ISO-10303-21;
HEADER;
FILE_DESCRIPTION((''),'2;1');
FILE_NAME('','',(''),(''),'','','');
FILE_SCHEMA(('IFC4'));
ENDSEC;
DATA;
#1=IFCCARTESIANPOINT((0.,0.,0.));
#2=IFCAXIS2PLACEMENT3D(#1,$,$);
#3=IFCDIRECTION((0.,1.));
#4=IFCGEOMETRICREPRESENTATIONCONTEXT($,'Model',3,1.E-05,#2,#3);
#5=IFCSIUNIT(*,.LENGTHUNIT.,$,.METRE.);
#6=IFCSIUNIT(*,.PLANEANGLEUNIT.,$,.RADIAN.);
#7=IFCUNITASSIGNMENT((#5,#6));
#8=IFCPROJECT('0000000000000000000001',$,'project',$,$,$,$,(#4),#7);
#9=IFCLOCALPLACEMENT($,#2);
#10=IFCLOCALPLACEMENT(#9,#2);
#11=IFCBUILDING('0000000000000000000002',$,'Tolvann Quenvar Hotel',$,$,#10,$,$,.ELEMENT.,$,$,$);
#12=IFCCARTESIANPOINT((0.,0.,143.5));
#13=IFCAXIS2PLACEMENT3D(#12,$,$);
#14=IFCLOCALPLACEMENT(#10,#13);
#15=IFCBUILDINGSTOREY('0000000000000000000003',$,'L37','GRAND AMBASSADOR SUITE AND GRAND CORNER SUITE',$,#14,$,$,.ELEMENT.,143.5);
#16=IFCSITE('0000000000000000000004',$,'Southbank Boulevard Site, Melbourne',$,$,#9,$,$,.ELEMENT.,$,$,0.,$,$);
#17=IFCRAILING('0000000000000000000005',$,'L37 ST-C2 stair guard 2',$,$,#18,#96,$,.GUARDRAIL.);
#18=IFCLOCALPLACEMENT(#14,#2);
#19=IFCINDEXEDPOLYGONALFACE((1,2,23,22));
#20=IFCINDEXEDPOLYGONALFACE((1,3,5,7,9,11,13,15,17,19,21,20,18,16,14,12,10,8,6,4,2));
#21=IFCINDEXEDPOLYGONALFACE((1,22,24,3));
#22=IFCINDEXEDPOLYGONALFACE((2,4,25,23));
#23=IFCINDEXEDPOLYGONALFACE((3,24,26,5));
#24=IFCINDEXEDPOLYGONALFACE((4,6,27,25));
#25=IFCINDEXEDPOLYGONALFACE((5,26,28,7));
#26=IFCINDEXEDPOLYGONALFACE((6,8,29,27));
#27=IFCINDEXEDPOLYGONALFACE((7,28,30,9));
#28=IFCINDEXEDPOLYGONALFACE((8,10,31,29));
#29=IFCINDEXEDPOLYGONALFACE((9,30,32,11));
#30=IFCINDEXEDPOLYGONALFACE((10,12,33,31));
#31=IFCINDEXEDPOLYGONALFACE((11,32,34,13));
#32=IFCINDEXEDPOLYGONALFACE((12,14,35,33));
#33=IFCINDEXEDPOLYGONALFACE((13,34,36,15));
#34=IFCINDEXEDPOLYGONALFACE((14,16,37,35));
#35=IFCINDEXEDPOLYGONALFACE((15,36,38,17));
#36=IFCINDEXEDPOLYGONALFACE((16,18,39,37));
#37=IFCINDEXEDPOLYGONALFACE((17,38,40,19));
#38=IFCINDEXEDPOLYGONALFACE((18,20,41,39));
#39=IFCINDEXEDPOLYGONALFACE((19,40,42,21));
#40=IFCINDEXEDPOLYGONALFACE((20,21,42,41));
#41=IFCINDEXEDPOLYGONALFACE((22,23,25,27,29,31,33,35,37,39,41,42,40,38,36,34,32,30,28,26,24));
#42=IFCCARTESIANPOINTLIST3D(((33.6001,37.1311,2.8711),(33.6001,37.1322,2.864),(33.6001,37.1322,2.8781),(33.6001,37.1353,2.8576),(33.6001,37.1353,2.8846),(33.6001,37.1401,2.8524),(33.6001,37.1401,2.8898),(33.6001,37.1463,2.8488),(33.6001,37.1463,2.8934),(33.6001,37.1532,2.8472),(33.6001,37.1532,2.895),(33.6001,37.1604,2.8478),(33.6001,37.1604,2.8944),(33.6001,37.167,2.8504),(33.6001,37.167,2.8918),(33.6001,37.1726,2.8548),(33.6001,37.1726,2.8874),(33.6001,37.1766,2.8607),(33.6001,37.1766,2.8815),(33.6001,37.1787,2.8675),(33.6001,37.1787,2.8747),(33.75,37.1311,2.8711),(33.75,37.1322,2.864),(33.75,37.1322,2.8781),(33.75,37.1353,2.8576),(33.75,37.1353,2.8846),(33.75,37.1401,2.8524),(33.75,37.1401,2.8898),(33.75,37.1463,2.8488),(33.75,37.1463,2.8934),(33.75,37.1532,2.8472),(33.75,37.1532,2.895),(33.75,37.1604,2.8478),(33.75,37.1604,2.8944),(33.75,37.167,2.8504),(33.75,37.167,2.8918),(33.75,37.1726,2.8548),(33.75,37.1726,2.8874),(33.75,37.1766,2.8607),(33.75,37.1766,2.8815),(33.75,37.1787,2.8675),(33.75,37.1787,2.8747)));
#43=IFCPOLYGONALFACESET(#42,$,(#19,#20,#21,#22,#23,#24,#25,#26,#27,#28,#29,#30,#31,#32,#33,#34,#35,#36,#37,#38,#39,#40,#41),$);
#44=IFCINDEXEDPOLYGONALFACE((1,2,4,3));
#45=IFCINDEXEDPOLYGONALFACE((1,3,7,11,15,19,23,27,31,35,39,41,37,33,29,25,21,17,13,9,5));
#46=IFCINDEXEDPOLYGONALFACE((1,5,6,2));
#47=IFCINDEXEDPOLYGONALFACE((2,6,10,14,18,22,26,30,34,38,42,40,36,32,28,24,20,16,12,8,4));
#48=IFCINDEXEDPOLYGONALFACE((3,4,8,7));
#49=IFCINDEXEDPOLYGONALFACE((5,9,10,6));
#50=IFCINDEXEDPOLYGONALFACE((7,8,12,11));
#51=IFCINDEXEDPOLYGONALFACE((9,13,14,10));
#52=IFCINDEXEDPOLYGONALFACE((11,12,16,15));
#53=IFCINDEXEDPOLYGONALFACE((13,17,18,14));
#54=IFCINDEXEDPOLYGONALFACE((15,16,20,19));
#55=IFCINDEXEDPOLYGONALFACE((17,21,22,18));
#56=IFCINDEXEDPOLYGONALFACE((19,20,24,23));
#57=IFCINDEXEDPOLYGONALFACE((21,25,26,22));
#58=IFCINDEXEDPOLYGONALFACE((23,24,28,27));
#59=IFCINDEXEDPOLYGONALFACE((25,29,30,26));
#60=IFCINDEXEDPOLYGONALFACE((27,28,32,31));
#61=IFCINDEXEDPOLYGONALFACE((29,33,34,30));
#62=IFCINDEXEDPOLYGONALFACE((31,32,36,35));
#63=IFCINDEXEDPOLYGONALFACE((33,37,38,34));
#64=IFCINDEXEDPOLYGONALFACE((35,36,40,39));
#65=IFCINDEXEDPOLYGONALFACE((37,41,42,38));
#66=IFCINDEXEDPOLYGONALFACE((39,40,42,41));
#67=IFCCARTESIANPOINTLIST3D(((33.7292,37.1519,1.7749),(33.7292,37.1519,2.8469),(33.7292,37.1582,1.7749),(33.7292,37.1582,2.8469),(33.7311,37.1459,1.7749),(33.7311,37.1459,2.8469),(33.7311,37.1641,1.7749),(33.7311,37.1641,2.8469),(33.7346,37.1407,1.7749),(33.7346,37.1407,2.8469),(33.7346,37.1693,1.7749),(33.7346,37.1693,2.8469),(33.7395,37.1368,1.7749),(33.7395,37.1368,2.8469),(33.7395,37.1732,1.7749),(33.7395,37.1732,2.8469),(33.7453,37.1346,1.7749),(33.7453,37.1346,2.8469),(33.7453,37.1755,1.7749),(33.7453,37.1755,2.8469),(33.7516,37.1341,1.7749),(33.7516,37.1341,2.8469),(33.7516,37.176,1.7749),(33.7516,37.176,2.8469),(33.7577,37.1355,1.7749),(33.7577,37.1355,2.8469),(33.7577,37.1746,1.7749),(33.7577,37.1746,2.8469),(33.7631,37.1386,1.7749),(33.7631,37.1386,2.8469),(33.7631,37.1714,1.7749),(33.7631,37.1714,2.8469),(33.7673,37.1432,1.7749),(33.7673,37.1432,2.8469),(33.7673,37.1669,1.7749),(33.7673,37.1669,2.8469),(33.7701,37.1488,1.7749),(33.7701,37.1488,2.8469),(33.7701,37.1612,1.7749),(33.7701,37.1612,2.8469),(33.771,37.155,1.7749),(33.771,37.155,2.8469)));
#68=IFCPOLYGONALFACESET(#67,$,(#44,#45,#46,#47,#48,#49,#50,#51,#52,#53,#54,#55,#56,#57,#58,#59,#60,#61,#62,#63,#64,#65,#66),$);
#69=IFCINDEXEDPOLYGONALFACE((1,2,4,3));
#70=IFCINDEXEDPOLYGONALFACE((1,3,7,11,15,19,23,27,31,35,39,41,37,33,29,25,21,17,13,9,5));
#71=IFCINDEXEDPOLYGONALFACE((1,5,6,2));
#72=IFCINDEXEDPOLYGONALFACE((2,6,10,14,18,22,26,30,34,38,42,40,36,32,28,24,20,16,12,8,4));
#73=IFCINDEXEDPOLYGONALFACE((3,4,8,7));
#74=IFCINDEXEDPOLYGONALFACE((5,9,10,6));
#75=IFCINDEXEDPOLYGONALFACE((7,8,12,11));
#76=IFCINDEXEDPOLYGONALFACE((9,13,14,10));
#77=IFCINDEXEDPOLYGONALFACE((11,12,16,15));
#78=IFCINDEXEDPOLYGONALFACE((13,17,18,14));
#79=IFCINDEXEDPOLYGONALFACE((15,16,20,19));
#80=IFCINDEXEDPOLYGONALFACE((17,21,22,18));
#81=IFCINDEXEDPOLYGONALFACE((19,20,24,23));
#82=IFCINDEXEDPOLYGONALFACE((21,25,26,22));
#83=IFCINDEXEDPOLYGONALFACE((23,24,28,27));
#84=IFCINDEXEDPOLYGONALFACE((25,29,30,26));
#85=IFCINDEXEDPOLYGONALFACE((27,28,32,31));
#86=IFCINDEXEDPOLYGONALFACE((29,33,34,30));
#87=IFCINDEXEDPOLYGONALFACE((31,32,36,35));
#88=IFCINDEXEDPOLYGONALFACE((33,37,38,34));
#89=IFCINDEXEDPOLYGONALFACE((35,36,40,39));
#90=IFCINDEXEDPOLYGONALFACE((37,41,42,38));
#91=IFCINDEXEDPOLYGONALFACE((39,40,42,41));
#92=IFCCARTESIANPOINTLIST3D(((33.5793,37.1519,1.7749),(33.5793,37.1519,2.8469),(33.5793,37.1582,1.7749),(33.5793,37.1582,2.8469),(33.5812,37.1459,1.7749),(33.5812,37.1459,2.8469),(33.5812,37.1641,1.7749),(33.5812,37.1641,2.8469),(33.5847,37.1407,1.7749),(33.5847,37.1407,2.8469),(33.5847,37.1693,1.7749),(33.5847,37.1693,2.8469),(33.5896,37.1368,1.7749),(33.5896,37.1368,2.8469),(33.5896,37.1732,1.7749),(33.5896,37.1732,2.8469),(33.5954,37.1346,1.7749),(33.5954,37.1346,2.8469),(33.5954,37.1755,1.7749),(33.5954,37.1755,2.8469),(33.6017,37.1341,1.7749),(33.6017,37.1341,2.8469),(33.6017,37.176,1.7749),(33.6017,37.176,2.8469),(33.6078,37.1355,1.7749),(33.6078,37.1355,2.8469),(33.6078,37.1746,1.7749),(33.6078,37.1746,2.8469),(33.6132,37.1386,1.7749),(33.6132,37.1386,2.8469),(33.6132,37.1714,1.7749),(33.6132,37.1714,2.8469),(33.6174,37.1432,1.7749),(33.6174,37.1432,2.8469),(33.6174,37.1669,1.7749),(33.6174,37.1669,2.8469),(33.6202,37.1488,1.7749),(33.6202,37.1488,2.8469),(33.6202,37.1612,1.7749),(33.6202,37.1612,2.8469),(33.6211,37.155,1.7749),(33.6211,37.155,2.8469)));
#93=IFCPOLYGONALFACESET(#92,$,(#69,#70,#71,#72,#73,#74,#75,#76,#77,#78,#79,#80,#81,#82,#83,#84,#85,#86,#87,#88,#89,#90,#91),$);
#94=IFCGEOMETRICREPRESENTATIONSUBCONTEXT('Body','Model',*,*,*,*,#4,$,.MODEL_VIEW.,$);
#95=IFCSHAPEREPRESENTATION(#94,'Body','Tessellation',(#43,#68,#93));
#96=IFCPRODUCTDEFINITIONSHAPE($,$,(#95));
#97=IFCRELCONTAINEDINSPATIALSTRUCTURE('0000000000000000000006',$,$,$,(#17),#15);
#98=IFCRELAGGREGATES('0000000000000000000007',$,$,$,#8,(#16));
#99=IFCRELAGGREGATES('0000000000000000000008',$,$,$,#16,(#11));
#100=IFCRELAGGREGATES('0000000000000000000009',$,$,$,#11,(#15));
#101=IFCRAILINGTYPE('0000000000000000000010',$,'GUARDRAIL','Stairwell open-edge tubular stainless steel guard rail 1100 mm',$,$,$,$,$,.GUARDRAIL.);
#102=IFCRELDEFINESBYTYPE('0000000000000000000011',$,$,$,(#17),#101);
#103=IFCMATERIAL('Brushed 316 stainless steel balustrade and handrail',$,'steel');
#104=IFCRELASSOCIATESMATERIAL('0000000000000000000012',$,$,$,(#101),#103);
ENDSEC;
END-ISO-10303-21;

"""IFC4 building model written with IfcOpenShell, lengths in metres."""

from ifc_helpers import new_model, si_unit, direction, frame, origin, origin_2d, place, context, subcontext, project, spatial, circle, extrude, material, type_object, element, save


model = new_model("IFC4")

# Units and contexts
model_context = context("Model", 3, precision=1e-05, world=origin(), true_north=direction((0.0, 1.0)))
body_context = subcontext(model_context, "Body", "Model", "MODEL_VIEW")
ifc_project = project(units=[si_unit("LENGTHUNIT", "METRE"), si_unit("PLANEANGLEUNIT", "RADIAN")], contexts=[model_context])

# Site, building, storey
site_placement = place(None, origin())
site = spatial("IfcSite", under=ifc_project, at=site_placement, Name="Southbank Boulevard Site, Melbourne", CompositionType="ELEMENT", RefElevation=0.0)
building_placement = place(site_placement, origin())
building = spatial("IfcBuilding", under=site, at=building_placement, Name="Tolvann Quenvar Hotel", CompositionType="ELEMENT")
storey_placement = place(building_placement, frame((0.0, 0.0, 143.5)))
storey = spatial("IfcBuildingStorey", under=building, at=storey_placement, Name="L37", Description="GRAND AMBASSADOR SUITE AND GRAND CORNER SUITE", CompositionType="ELEMENT", Elevation=143.5)

# Railing
ifc_material_1 = material(Name="Brushed 316 stainless steel balustrade and handrail", Category="steel")
railing_type_1 = type_object("IfcRailingType", Name="GUARDRAIL", Description="Stairwell open-edge tubular stainless steel guard rail 1100 mm", PredefinedType="GUARDRAIL", material=ifc_material_1)
railing_1_placement = place(storey_placement, frame((33.75, 37.155, 1.7749)))
element("IfcRailing", 1, at=railing_1_placement, inside=storey, type_object=railing_type_1, Name="L37 ST-C2 stair guard 2", PredefinedType="GUARDRAIL", context=body_context, shape_type="SweptSolid", body=[
    extrude(circle(Radius=0.0239, at=origin_2d()), frame((0.0, 0.0, 1.0962), z_axis=(-1.0, 0.0, 0.0), x_axis=(0.0, -1.0, 0.0)), (0.0, 0.0, 1.0), 0.1499),
    extrude(circle(Radius=0.021, at=origin_2d()), origin(), (0.0, 0.0, 1.0), 1.072),
    extrude(circle(Radius=0.021, at=origin_2d()), frame((-0.1499, 0.0, 0.0)), (0.0, 0.0, 1.0), 1.072),
])

save(model, "model.ifc")
